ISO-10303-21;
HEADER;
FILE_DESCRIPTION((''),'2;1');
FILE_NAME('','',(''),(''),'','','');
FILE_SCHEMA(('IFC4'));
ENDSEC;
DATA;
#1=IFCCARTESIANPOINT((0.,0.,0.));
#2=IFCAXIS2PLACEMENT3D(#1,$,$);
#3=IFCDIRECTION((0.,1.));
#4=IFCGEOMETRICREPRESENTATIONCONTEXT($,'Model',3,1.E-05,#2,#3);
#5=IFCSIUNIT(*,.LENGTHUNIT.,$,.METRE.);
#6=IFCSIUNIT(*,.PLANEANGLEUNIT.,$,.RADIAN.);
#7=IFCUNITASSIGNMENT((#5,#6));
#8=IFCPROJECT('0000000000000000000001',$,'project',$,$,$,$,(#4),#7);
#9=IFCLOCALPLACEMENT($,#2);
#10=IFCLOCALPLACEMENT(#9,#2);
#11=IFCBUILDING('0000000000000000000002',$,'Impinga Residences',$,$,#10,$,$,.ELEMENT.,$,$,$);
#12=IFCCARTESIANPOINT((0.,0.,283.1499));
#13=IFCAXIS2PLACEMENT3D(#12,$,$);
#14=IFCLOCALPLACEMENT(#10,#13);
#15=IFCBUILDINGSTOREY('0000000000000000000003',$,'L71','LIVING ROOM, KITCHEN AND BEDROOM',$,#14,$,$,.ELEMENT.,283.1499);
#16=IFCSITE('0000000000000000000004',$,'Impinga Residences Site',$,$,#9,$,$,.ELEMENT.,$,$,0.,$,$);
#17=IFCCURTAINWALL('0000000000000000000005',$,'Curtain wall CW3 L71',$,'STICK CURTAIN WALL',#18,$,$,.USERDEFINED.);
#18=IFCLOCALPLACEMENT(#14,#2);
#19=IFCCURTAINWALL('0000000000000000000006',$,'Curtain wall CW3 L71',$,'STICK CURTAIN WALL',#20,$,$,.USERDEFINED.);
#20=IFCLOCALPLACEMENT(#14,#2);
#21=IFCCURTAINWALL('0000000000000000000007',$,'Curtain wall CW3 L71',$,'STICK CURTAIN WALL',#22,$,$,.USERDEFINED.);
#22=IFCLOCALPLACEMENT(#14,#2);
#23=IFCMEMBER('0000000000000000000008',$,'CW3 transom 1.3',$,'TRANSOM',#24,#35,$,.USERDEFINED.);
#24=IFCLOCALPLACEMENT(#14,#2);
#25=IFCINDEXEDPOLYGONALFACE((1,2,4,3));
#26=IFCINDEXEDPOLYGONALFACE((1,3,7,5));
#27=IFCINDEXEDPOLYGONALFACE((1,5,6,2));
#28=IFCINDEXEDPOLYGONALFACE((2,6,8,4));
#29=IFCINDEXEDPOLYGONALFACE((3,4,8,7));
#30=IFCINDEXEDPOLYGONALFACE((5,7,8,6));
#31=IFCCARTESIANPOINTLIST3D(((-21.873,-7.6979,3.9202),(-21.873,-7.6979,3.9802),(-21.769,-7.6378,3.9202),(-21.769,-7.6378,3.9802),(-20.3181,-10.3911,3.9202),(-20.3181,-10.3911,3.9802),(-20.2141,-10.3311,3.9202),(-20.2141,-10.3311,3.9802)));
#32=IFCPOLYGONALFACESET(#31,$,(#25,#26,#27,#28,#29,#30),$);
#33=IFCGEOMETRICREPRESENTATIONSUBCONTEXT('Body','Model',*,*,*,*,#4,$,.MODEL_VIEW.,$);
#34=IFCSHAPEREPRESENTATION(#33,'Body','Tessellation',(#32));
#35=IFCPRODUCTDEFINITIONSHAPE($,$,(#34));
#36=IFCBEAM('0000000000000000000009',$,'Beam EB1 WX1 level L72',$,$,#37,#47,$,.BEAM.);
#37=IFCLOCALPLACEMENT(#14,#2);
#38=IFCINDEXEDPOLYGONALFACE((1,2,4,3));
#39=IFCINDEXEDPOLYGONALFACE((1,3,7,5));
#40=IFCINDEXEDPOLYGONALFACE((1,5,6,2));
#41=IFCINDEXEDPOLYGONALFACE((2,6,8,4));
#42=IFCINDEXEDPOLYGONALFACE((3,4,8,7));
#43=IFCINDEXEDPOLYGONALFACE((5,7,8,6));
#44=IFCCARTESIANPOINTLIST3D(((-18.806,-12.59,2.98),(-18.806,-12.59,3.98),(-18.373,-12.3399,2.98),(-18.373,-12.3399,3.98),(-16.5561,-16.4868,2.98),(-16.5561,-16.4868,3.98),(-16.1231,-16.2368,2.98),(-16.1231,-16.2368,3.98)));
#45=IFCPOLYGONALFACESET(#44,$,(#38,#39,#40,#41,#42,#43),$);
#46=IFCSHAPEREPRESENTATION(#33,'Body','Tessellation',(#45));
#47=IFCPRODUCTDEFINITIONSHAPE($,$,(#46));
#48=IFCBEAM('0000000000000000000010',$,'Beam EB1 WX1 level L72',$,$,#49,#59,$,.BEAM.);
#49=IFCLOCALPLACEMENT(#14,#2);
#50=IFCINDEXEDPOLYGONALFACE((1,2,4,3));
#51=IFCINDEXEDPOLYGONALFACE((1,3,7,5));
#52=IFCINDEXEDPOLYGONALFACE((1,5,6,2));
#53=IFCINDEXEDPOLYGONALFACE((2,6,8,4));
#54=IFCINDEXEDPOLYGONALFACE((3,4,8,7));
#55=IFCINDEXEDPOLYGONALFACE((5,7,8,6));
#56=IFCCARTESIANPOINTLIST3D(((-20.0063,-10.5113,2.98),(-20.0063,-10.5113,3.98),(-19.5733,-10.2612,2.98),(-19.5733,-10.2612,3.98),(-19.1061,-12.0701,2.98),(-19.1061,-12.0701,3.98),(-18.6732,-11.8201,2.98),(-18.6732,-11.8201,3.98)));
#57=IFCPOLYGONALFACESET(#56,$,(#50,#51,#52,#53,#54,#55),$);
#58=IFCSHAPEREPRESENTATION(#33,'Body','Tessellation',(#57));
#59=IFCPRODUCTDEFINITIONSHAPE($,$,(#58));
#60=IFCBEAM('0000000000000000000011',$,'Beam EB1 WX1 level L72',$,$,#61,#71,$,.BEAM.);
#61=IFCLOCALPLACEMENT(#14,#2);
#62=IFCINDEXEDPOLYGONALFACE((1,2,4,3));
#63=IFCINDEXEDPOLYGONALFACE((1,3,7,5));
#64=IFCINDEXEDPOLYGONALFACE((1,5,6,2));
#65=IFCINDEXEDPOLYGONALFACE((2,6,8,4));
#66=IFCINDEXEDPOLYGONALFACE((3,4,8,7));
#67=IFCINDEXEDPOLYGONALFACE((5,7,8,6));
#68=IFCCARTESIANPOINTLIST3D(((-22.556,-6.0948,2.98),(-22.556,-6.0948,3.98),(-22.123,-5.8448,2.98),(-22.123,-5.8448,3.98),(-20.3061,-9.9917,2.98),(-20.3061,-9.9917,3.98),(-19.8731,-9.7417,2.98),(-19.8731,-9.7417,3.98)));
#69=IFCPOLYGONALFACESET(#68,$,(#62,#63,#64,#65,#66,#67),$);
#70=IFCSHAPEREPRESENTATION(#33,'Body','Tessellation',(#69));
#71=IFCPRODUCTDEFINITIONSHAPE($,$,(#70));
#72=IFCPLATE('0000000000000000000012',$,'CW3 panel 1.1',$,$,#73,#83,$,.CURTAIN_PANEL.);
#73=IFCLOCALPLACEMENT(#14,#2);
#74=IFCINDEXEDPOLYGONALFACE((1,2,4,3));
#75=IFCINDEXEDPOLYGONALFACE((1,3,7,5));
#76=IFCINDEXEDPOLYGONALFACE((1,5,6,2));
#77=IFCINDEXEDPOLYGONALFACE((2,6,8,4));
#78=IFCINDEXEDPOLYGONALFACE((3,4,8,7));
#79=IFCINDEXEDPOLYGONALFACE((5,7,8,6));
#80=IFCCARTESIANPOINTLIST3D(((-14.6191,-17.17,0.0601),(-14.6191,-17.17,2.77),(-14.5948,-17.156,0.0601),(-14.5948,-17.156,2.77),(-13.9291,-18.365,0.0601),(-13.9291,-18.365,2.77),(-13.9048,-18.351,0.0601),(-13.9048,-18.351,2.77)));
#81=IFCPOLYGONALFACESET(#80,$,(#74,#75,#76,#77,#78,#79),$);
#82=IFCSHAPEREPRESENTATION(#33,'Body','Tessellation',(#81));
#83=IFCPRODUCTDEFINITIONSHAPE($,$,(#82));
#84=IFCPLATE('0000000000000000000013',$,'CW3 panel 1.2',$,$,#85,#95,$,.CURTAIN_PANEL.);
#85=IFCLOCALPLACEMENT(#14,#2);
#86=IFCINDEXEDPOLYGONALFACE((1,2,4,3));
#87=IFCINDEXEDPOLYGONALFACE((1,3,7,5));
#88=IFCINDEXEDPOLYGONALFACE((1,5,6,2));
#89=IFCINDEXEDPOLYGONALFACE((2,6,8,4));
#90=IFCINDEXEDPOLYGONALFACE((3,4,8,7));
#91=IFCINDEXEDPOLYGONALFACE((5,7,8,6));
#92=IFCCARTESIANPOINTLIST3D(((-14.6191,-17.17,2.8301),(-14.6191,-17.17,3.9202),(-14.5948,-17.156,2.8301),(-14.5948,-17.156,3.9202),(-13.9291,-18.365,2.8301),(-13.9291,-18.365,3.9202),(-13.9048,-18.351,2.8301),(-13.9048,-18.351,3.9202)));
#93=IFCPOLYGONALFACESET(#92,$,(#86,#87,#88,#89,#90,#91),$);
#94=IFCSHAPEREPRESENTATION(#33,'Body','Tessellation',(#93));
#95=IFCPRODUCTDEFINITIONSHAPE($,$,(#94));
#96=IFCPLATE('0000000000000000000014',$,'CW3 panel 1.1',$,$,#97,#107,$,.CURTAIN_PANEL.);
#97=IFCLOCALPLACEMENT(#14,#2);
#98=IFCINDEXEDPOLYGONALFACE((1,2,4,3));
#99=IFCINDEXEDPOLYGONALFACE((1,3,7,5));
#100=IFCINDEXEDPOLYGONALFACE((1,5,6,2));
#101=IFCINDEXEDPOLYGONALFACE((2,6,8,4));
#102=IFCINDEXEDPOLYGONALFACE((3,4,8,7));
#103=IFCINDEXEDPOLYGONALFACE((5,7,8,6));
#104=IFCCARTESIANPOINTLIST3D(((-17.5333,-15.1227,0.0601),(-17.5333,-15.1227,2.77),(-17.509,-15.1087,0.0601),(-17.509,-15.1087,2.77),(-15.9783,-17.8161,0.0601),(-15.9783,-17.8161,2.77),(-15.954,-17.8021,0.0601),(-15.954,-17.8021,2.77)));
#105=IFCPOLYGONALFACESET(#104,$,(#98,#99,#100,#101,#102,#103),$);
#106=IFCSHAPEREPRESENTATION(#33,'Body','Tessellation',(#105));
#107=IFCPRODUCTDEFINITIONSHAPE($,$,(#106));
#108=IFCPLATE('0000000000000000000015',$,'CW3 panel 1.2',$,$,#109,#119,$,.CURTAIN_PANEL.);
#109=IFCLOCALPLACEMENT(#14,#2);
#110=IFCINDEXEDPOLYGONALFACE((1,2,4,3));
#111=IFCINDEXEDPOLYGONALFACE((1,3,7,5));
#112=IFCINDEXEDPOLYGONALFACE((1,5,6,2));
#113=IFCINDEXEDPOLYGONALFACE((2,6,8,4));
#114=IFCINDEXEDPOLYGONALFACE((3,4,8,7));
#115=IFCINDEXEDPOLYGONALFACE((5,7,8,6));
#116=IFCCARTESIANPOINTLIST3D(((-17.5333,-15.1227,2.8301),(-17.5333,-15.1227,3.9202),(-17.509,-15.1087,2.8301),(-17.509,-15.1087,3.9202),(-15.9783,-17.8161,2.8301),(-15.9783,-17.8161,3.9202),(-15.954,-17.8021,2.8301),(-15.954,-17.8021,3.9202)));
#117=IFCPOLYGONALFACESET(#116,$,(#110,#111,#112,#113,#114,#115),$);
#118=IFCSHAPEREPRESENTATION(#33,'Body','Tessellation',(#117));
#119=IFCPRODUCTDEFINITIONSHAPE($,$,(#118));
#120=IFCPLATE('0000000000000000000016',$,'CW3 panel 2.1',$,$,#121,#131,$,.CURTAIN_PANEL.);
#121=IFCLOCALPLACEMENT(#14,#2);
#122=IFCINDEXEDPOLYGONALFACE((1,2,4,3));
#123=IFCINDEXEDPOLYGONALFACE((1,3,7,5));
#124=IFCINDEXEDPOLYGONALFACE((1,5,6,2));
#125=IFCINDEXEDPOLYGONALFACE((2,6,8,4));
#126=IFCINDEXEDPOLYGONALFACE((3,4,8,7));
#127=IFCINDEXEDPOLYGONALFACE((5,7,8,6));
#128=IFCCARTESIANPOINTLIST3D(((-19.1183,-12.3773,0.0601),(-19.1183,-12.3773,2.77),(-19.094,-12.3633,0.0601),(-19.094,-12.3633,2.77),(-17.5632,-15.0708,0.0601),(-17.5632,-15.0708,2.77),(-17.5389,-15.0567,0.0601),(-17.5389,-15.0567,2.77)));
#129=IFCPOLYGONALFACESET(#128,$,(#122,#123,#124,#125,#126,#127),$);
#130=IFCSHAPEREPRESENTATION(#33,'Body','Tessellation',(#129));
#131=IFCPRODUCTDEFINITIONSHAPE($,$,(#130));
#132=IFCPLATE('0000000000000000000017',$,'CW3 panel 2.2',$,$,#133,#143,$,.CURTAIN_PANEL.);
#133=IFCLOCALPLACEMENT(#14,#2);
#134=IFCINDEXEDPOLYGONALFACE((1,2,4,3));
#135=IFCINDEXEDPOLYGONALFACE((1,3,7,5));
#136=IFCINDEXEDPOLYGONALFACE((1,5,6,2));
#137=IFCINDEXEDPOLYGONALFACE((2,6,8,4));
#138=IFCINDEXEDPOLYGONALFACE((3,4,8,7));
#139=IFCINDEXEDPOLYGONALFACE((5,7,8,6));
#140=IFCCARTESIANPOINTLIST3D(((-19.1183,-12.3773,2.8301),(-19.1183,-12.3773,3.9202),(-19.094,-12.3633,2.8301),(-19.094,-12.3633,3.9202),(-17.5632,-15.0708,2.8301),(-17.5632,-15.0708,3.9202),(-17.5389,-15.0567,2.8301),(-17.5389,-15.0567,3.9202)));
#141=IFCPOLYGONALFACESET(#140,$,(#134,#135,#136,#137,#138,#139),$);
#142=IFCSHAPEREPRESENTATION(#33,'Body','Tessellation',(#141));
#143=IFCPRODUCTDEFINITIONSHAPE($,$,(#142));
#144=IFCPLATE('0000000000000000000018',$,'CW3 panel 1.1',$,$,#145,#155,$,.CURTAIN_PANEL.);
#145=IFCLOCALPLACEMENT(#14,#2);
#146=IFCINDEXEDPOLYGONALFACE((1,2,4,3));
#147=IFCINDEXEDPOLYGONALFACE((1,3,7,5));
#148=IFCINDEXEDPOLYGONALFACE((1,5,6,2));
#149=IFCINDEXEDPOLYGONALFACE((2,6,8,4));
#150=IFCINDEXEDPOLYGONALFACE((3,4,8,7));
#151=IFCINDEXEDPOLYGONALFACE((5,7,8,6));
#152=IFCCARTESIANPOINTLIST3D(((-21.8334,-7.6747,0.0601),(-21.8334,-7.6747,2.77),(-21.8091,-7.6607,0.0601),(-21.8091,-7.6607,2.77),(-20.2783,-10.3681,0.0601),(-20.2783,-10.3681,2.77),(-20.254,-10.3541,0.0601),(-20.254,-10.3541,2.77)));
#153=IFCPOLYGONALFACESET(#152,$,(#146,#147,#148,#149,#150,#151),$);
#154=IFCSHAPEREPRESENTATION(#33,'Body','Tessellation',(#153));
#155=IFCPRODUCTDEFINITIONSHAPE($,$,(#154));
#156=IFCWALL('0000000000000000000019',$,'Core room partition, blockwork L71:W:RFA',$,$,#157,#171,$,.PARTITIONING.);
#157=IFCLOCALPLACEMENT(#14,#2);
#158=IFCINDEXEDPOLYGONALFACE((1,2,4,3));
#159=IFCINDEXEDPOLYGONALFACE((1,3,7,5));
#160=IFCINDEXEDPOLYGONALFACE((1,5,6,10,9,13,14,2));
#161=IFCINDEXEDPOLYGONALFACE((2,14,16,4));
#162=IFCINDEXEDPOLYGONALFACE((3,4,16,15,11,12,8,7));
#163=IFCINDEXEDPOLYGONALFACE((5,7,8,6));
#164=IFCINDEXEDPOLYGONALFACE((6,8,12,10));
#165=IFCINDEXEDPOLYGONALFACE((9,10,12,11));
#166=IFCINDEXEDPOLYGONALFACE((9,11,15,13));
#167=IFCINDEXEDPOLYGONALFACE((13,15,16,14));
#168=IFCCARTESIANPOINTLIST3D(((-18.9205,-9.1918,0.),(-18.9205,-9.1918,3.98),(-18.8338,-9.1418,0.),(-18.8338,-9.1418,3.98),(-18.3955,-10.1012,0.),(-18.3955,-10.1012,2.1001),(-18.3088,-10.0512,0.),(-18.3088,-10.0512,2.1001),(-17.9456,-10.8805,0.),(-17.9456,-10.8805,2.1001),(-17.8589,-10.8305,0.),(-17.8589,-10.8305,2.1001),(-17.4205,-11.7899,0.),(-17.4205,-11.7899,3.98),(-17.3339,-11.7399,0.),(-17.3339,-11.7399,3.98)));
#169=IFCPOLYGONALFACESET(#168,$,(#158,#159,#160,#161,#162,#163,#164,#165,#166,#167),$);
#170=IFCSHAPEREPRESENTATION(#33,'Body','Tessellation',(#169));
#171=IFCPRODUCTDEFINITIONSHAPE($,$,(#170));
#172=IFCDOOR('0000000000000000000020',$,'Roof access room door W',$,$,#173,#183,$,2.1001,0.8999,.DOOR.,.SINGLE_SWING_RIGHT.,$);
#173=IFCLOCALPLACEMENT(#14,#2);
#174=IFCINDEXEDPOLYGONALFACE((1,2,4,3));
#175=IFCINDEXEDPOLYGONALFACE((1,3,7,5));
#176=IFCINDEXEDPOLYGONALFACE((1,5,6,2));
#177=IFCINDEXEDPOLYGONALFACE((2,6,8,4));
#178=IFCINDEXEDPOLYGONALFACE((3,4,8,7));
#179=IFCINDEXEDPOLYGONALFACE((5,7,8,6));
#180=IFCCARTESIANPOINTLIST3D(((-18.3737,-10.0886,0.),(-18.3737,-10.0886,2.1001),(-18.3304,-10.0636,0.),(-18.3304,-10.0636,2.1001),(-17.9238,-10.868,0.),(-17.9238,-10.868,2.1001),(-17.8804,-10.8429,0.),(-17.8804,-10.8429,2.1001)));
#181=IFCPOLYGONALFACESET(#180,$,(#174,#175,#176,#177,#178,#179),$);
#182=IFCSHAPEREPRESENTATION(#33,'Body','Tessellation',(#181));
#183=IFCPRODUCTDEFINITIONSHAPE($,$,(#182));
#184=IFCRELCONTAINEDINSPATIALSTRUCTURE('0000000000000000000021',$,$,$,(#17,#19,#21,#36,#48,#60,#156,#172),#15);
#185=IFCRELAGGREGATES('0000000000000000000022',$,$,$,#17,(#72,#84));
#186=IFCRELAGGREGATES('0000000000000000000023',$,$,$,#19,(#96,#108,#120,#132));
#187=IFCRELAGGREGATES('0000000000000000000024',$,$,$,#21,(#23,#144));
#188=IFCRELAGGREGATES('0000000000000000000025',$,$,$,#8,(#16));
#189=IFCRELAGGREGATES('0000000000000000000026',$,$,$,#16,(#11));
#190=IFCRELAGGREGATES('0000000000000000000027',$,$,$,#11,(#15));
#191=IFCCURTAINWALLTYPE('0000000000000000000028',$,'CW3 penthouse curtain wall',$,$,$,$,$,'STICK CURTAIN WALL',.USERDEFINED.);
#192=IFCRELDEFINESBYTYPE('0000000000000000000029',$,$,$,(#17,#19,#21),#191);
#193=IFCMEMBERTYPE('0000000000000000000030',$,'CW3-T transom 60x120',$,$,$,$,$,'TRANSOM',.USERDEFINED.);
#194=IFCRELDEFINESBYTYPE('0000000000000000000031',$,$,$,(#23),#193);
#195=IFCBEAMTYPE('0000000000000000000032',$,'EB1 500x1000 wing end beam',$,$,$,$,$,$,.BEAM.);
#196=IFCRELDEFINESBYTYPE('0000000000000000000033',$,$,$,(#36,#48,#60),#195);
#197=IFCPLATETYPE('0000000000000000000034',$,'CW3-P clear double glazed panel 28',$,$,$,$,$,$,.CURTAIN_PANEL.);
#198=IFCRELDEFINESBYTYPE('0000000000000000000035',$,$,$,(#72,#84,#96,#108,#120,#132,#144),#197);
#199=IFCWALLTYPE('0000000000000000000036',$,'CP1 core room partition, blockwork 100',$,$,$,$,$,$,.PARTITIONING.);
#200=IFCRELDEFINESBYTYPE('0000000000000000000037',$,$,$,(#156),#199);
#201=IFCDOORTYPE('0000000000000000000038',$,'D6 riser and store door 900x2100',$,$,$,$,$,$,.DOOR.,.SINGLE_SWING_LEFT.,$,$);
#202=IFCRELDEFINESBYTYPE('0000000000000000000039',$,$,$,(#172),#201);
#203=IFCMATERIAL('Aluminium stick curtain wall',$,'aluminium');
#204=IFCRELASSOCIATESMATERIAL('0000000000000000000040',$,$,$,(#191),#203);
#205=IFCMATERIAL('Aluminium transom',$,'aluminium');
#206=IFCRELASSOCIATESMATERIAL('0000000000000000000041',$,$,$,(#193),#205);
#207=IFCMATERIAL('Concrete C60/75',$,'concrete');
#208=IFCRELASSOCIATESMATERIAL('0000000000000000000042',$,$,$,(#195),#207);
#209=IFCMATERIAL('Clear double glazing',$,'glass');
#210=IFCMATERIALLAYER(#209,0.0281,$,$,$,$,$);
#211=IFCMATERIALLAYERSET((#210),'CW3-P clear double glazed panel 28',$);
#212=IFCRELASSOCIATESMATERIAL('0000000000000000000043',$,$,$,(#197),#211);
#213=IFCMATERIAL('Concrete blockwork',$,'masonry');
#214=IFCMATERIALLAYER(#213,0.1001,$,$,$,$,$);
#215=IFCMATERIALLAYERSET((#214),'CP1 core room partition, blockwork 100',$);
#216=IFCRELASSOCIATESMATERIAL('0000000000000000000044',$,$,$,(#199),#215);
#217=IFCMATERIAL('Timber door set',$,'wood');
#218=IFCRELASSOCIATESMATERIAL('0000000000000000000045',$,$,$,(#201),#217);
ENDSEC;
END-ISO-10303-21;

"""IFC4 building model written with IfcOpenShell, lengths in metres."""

from ifc_helpers import new_model, si_unit, direction, frame, frame_2d, origin, origin_2d, place, context, subcontext, project, spatial, rectangle, extrude, material, layer, layer_set, material_profile, profile_set, type_object, element, fill, aggregate, save


model = new_model("IFC4")

# Units and contexts
model_context = context("Model", 3, precision=1e-05, world=origin(), true_north=direction((0.0, 1.0)))
body_context = subcontext(model_context, "Body", "Model", "MODEL_VIEW")
ifc_project = project(units=[si_unit("LENGTHUNIT", "METRE"), si_unit("PLANEANGLEUNIT", "RADIAN")], contexts=[model_context])

# Site, building, storey
site_placement = place(None, origin())
site = spatial("IfcSite", under=ifc_project, at=site_placement, Name="Impinga Residences Site", CompositionType="ELEMENT", RefElevation=0.0)
building_placement = place(site_placement, origin())
building = spatial("IfcBuilding", under=site, at=building_placement, Name="Impinga Residences", CompositionType="ELEMENT")
storey_placement = place(building_placement, frame((0.0, 0.0, 283.1499)))
storey = spatial("IfcBuildingStorey", under=building, at=storey_placement, Name="L71", Description="LIVING ROOM, KITCHEN AND BEDROOM", CompositionType="ELEMENT", Elevation=283.1499)

# Shared definitions
ifc_material_1 = material(Name="Concrete C60/75", Category="concrete")

# Curtain wall
ifc_material_2 = material(Name="Aluminium stick curtain wall", Category="aluminium")
curtain_wall_type = type_object("IfcCurtainWallType", Name="CW3 penthouse curtain wall", ElementType="STICK CURTAIN WALL", PredefinedType="USERDEFINED", material=ifc_material_2)
curtain_wall_1_placement = place(storey_placement, origin())
curtain_wall_1 = element("IfcCurtainWall", 1, at=curtain_wall_1_placement, inside=storey, type_object=curtain_wall_type, Name="Curtain wall CW3 L71", ObjectType="STICK CURTAIN WALL", PredefinedType="USERDEFINED")

# Curtain wall
curtain_wall_2_placement = place(storey_placement, origin())
curtain_wall_2 = element("IfcCurtainWall", 2, at=curtain_wall_2_placement, inside=storey, type_object=curtain_wall_type, Name="Curtain wall CW3 L71", ObjectType="STICK CURTAIN WALL", PredefinedType="USERDEFINED")

# Curtain wall
curtain_wall_3_placement = place(storey_placement, origin())
curtain_wall_3 = element("IfcCurtainWall", 3, at=curtain_wall_3_placement, inside=storey, type_object=curtain_wall_type, Name="Curtain wall CW3 L71", ObjectType="STICK CURTAIN WALL", PredefinedType="USERDEFINED")

# Member
ifc_material_3 = material(Name="Aluminium transom", Category="aluminium")
ifc_material_profile_1 = material_profile(ifc_material_3, rectangle(XDim=0.0601, YDim=0.1201, at=origin_2d()), Name="60x120 transom")
ifc_profile_set_1 = profile_set([ifc_material_profile_1], Name="Aluminium transom")
member_type_1 = type_object("IfcMemberType", Name="CW3-T transom 60x120", ElementType="TRANSOM", PredefinedType="USERDEFINED", material=ifc_profile_set_1)
member_1_placement = place(storey_placement, frame((-20.2661, -10.3611, 3.9502), z_axis=(-0.499981, 0.866037, 0.0), x_axis=(0.0, 0.0, 1.0)))
member_1 = element("IfcMember", 4, at=member_1_placement, type_object=member_type_1, Name="CW3 transom 1.3", ObjectType="TRANSOM", PredefinedType="USERDEFINED", context=body_context, shape_type="SweptSolid", body=[
    extrude(rectangle(XDim=0.0601, YDim=0.1201, at=origin_2d()), origin(), (0.0, 0.0, 1.0), 3.1099),
])

# Beams
ifc_material_profile_2 = material_profile(ifc_material_1, rectangle(XDim=0.5, YDim=1.0, at=origin_2d()), Name="RC 500x1000")
ifc_profile_set_2 = profile_set([ifc_material_profile_2], Name="Concrete C60/75")
beam_type_1 = type_object("IfcBeamType", Name="EB1 500x1000 wing end beam", PredefinedType="BEAM", material=ifc_profile_set_2)
beam_1_placement = place(storey_placement, frame((-16.3396, -16.3618, 3.48), z_axis=(-0.500014, 0.866018, 0.0), x_axis=(-0.866018, -0.500014, 0.0)))
element("IfcBeam", 5, at=beam_1_placement, inside=storey, type_object=beam_type_1, Name="Beam EB1 WX1 level L72", PredefinedType="BEAM", context=body_context, shape_type="SweptSolid", body=[
    extrude(rectangle(XDim=0.5, YDim=1.0, at=origin_2d()), origin(), (0.0, 0.0, 1.0), 4.4998),
])
beam_2_placement = place(storey_placement, frame((-18.8896, -11.9451, 3.48), z_axis=(-0.500063, 0.865989, 0.0), x_axis=(-0.865989, -0.500063, 0.0)))
element("IfcBeam", 6, at=beam_2_placement, inside=storey, type_object=beam_type_1, Name="Beam EB1 WX1 level L72", PredefinedType="BEAM", context=body_context, shape_type="SweptSolid", body=[
    extrude(rectangle(XDim=0.5, YDim=1.0, at=origin_2d()), origin(), (0.0, 0.0, 1.0), 1.8),
])
beam_3_placement = place(storey_placement, frame((-20.0896, -9.8667, 3.48), z_axis=(-0.500014, 0.866018, 0.0), x_axis=(-0.866018, -0.500014, 0.0)))
element("IfcBeam", 7, at=beam_3_placement, inside=storey, type_object=beam_type_1, Name="Beam EB1 WX1 level L72", PredefinedType="BEAM", context=body_context, shape_type="SweptSolid", body=[
    extrude(rectangle(XDim=0.5, YDim=1.0, at=origin_2d()), origin(), (0.0, 0.0, 1.0), 4.4998),
])

# Plates
ifc_material_4 = material(Name="Clear double glazing", Category="glass")
ifc_layer_1 = layer(ifc_material_4, 0.0281)
ifc_layer_set_1 = layer_set([ifc_layer_1], Name="CW3-P clear double glazed panel 28")
plate_type = type_object("IfcPlateType", Name="CW3-P clear double glazed panel 28", PredefinedType="CURTAIN_PANEL", material=ifc_layer_set_1)
plate_1_placement = place(storey_placement, frame((-14.262, -17.7605, 0.0601), z_axis=(0.0, 0.0, 1.0), x_axis=(-0.5, 0.866025, 0.0)))
plate_1 = element("IfcPlate", 8, at=plate_1_placement, type_object=plate_type, Name="CW3 panel 1.1", PredefinedType="CURTAIN_PANEL", context=body_context, shape_type="SweptSolid", body=[
    extrude(rectangle(XDim=1.3799, YDim=0.0281, at=origin_2d()), origin(), (0.0, 0.0, 1.0), 2.71),
])
plate_2_placement = place(storey_placement, frame((-14.262, -17.7605, 2.8301), z_axis=(0.0, 0.0, 1.0), x_axis=(-0.5, 0.866025, 0.0)))
plate_2 = element("IfcPlate", 9, at=plate_2_placement, type_object=plate_type, Name="CW3 panel 1.2", PredefinedType="CURTAIN_PANEL", context=body_context, shape_type="SweptSolid", body=[
    extrude(rectangle(XDim=1.3799, YDim=0.0281, at=origin_2d()), origin(), (0.0, 0.0, 1.0), 1.0901),
])
aggregate(curtain_wall_1, [plate_1, plate_2])
plate_3_placement = place(storey_placement, frame((-16.7437, -16.4624, 0.0601), z_axis=(0.0, 0.0, 1.0), x_axis=(-0.5, 0.866025, 0.0)))
plate_3 = element("IfcPlate", 10, at=plate_3_placement, type_object=plate_type, Name="CW3 panel 1.1", PredefinedType="CURTAIN_PANEL", context=body_context, shape_type="SweptSolid", body=[
    extrude(rectangle(XDim=3.1101, YDim=0.0281, at=origin_2d()), origin(), (0.0, 0.0, 1.0), 2.71),
])
plate_4_placement = place(storey_placement, frame((-16.7437, -16.4624, 2.8301), z_axis=(0.0, 0.0, 1.0), x_axis=(-0.5, 0.866025, 0.0)))
plate_4 = element("IfcPlate", 11, at=plate_4_placement, type_object=plate_type, Name="CW3 panel 1.2", PredefinedType="CURTAIN_PANEL", context=body_context, shape_type="SweptSolid", body=[
    extrude(rectangle(XDim=3.1101, YDim=0.0281, at=origin_2d()), origin(), (0.0, 0.0, 1.0), 1.0901),
])
plate_5_placement = place(storey_placement, frame((-18.3286, -13.717, 0.0601), z_axis=(0.0, 0.0, 1.0), x_axis=(-0.5, 0.866025, 0.0)))
plate_5 = element("IfcPlate", 12, at=plate_5_placement, type_object=plate_type, Name="CW3 panel 2.1", PredefinedType="CURTAIN_PANEL", context=body_context, shape_type="SweptSolid", body=[
    extrude(rectangle(XDim=3.1101, YDim=0.0281, at=origin_2d()), origin(), (0.0, 0.0, 1.0), 2.71),
])
plate_6_placement = place(storey_placement, frame((-18.3286, -13.717, 2.8301), z_axis=(0.0, 0.0, 1.0), x_axis=(-0.5, 0.866025, 0.0)))
plate_6 = element("IfcPlate", 13, at=plate_6_placement, type_object=plate_type, Name="CW3 panel 2.2", PredefinedType="CURTAIN_PANEL", context=body_context, shape_type="SweptSolid", body=[
    extrude(rectangle(XDim=3.1101, YDim=0.0281, at=origin_2d()), origin(), (0.0, 0.0, 1.0), 1.0901),
])
aggregate(curtain_wall_2, [plate_3, plate_4, plate_5, plate_6])
plate_7_placement = place(storey_placement, frame((-21.0437, -9.0144, 0.0601), z_axis=(0.0, 0.0, 1.0), x_axis=(-0.5, 0.866025, 0.0)))
plate_7 = element("IfcPlate", 14, at=plate_7_placement, type_object=plate_type, Name="CW3 panel 1.1", PredefinedType="CURTAIN_PANEL", context=body_context, shape_type="SweptSolid", body=[
    extrude(rectangle(XDim=3.1101, YDim=0.0281, at=origin_2d()), origin(), (0.0, 0.0, 1.0), 2.71),
])
aggregate(curtain_wall_3, [member_1, plate_7])

# Wall, opening, door
ifc_material_5 = material(Name="Concrete blockwork", Category="masonry")
ifc_layer_2 = layer(ifc_material_5, 0.1001)
ifc_layer_set_2 = layer_set([ifc_layer_2], Name="CP1 core room partition, blockwork 100")
wall_type_1 = type_object("IfcWallType", Name="CP1 core room partition, blockwork 100", PredefinedType="PARTITIONING", material=ifc_layer_set_2)
wall_1_placement = place(storey_placement, frame((-17.3772, -11.7649, 0.0), z_axis=(0.0, 0.0, 1.0), x_axis=(-0.49999, 0.866031, 0.0)))
wall_1 = element("IfcWall", 15, at=wall_1_placement, inside=storey, type_object=wall_type_1, Name="Core room partition, blockwork L71:W:RFA", PredefinedType="PARTITIONING", context=body_context, shape_type="SweptSolid", body=[
    extrude(rectangle(XDim=3.0, YDim=0.1001, at=frame_2d((1.5, 0.0))), origin(), (0.0, 0.0, 1.0), 3.98),
])
opening_1_placement = place(wall_1_placement, frame((1.05, 0.0, 0.0)))
opening_1 = element("IfcOpeningElement", 16, at=opening_1_placement, cuts=wall_1, PredefinedType="OPENING", context=body_context, shape_type="SweptSolid", body=[
    extrude(rectangle(XDim=0.8999, YDim=2.1001, at=frame_2d((0.45, 1.05))), frame((0.0, 0.0601, 0.0), z_axis=(0.0, -1.0, 0.0), x_axis=(1.0, 0.0, 0.0)), (0.0, 0.0, 1.0), 0.1201),
])
ifc_material_6 = material(Name="Timber door set", Category="wood")
door_type_1 = type_object("IfcDoorType", Name="D6 riser and store door 900x2100", OperationType="SINGLE_SWING_LEFT", PredefinedType="DOOR", material=ifc_material_6)
door_1_placement = place(opening_1_placement, origin())
door_1 = element("IfcDoor", 17, at=door_1_placement, inside=storey, type_object=door_type_1, Name="Roof access room door W", OperationType="SINGLE_SWING_RIGHT", OverallHeight=2.1001, OverallWidth=0.8999, PredefinedType="DOOR", context=body_context, shape_type="SweptSolid", body=[
    extrude(rectangle(XDim=0.8999, YDim=2.1001, at=frame_2d((0.45, 1.05))), frame((0.0, 0.0249, 0.0), z_axis=(0.0, -1.0, 0.0), x_axis=(1.0, 0.0, 0.0)), (0.0, 0.0, 1.0), 0.05),
])
fill(opening_1, door_1)

save(model, "model.ifc")
